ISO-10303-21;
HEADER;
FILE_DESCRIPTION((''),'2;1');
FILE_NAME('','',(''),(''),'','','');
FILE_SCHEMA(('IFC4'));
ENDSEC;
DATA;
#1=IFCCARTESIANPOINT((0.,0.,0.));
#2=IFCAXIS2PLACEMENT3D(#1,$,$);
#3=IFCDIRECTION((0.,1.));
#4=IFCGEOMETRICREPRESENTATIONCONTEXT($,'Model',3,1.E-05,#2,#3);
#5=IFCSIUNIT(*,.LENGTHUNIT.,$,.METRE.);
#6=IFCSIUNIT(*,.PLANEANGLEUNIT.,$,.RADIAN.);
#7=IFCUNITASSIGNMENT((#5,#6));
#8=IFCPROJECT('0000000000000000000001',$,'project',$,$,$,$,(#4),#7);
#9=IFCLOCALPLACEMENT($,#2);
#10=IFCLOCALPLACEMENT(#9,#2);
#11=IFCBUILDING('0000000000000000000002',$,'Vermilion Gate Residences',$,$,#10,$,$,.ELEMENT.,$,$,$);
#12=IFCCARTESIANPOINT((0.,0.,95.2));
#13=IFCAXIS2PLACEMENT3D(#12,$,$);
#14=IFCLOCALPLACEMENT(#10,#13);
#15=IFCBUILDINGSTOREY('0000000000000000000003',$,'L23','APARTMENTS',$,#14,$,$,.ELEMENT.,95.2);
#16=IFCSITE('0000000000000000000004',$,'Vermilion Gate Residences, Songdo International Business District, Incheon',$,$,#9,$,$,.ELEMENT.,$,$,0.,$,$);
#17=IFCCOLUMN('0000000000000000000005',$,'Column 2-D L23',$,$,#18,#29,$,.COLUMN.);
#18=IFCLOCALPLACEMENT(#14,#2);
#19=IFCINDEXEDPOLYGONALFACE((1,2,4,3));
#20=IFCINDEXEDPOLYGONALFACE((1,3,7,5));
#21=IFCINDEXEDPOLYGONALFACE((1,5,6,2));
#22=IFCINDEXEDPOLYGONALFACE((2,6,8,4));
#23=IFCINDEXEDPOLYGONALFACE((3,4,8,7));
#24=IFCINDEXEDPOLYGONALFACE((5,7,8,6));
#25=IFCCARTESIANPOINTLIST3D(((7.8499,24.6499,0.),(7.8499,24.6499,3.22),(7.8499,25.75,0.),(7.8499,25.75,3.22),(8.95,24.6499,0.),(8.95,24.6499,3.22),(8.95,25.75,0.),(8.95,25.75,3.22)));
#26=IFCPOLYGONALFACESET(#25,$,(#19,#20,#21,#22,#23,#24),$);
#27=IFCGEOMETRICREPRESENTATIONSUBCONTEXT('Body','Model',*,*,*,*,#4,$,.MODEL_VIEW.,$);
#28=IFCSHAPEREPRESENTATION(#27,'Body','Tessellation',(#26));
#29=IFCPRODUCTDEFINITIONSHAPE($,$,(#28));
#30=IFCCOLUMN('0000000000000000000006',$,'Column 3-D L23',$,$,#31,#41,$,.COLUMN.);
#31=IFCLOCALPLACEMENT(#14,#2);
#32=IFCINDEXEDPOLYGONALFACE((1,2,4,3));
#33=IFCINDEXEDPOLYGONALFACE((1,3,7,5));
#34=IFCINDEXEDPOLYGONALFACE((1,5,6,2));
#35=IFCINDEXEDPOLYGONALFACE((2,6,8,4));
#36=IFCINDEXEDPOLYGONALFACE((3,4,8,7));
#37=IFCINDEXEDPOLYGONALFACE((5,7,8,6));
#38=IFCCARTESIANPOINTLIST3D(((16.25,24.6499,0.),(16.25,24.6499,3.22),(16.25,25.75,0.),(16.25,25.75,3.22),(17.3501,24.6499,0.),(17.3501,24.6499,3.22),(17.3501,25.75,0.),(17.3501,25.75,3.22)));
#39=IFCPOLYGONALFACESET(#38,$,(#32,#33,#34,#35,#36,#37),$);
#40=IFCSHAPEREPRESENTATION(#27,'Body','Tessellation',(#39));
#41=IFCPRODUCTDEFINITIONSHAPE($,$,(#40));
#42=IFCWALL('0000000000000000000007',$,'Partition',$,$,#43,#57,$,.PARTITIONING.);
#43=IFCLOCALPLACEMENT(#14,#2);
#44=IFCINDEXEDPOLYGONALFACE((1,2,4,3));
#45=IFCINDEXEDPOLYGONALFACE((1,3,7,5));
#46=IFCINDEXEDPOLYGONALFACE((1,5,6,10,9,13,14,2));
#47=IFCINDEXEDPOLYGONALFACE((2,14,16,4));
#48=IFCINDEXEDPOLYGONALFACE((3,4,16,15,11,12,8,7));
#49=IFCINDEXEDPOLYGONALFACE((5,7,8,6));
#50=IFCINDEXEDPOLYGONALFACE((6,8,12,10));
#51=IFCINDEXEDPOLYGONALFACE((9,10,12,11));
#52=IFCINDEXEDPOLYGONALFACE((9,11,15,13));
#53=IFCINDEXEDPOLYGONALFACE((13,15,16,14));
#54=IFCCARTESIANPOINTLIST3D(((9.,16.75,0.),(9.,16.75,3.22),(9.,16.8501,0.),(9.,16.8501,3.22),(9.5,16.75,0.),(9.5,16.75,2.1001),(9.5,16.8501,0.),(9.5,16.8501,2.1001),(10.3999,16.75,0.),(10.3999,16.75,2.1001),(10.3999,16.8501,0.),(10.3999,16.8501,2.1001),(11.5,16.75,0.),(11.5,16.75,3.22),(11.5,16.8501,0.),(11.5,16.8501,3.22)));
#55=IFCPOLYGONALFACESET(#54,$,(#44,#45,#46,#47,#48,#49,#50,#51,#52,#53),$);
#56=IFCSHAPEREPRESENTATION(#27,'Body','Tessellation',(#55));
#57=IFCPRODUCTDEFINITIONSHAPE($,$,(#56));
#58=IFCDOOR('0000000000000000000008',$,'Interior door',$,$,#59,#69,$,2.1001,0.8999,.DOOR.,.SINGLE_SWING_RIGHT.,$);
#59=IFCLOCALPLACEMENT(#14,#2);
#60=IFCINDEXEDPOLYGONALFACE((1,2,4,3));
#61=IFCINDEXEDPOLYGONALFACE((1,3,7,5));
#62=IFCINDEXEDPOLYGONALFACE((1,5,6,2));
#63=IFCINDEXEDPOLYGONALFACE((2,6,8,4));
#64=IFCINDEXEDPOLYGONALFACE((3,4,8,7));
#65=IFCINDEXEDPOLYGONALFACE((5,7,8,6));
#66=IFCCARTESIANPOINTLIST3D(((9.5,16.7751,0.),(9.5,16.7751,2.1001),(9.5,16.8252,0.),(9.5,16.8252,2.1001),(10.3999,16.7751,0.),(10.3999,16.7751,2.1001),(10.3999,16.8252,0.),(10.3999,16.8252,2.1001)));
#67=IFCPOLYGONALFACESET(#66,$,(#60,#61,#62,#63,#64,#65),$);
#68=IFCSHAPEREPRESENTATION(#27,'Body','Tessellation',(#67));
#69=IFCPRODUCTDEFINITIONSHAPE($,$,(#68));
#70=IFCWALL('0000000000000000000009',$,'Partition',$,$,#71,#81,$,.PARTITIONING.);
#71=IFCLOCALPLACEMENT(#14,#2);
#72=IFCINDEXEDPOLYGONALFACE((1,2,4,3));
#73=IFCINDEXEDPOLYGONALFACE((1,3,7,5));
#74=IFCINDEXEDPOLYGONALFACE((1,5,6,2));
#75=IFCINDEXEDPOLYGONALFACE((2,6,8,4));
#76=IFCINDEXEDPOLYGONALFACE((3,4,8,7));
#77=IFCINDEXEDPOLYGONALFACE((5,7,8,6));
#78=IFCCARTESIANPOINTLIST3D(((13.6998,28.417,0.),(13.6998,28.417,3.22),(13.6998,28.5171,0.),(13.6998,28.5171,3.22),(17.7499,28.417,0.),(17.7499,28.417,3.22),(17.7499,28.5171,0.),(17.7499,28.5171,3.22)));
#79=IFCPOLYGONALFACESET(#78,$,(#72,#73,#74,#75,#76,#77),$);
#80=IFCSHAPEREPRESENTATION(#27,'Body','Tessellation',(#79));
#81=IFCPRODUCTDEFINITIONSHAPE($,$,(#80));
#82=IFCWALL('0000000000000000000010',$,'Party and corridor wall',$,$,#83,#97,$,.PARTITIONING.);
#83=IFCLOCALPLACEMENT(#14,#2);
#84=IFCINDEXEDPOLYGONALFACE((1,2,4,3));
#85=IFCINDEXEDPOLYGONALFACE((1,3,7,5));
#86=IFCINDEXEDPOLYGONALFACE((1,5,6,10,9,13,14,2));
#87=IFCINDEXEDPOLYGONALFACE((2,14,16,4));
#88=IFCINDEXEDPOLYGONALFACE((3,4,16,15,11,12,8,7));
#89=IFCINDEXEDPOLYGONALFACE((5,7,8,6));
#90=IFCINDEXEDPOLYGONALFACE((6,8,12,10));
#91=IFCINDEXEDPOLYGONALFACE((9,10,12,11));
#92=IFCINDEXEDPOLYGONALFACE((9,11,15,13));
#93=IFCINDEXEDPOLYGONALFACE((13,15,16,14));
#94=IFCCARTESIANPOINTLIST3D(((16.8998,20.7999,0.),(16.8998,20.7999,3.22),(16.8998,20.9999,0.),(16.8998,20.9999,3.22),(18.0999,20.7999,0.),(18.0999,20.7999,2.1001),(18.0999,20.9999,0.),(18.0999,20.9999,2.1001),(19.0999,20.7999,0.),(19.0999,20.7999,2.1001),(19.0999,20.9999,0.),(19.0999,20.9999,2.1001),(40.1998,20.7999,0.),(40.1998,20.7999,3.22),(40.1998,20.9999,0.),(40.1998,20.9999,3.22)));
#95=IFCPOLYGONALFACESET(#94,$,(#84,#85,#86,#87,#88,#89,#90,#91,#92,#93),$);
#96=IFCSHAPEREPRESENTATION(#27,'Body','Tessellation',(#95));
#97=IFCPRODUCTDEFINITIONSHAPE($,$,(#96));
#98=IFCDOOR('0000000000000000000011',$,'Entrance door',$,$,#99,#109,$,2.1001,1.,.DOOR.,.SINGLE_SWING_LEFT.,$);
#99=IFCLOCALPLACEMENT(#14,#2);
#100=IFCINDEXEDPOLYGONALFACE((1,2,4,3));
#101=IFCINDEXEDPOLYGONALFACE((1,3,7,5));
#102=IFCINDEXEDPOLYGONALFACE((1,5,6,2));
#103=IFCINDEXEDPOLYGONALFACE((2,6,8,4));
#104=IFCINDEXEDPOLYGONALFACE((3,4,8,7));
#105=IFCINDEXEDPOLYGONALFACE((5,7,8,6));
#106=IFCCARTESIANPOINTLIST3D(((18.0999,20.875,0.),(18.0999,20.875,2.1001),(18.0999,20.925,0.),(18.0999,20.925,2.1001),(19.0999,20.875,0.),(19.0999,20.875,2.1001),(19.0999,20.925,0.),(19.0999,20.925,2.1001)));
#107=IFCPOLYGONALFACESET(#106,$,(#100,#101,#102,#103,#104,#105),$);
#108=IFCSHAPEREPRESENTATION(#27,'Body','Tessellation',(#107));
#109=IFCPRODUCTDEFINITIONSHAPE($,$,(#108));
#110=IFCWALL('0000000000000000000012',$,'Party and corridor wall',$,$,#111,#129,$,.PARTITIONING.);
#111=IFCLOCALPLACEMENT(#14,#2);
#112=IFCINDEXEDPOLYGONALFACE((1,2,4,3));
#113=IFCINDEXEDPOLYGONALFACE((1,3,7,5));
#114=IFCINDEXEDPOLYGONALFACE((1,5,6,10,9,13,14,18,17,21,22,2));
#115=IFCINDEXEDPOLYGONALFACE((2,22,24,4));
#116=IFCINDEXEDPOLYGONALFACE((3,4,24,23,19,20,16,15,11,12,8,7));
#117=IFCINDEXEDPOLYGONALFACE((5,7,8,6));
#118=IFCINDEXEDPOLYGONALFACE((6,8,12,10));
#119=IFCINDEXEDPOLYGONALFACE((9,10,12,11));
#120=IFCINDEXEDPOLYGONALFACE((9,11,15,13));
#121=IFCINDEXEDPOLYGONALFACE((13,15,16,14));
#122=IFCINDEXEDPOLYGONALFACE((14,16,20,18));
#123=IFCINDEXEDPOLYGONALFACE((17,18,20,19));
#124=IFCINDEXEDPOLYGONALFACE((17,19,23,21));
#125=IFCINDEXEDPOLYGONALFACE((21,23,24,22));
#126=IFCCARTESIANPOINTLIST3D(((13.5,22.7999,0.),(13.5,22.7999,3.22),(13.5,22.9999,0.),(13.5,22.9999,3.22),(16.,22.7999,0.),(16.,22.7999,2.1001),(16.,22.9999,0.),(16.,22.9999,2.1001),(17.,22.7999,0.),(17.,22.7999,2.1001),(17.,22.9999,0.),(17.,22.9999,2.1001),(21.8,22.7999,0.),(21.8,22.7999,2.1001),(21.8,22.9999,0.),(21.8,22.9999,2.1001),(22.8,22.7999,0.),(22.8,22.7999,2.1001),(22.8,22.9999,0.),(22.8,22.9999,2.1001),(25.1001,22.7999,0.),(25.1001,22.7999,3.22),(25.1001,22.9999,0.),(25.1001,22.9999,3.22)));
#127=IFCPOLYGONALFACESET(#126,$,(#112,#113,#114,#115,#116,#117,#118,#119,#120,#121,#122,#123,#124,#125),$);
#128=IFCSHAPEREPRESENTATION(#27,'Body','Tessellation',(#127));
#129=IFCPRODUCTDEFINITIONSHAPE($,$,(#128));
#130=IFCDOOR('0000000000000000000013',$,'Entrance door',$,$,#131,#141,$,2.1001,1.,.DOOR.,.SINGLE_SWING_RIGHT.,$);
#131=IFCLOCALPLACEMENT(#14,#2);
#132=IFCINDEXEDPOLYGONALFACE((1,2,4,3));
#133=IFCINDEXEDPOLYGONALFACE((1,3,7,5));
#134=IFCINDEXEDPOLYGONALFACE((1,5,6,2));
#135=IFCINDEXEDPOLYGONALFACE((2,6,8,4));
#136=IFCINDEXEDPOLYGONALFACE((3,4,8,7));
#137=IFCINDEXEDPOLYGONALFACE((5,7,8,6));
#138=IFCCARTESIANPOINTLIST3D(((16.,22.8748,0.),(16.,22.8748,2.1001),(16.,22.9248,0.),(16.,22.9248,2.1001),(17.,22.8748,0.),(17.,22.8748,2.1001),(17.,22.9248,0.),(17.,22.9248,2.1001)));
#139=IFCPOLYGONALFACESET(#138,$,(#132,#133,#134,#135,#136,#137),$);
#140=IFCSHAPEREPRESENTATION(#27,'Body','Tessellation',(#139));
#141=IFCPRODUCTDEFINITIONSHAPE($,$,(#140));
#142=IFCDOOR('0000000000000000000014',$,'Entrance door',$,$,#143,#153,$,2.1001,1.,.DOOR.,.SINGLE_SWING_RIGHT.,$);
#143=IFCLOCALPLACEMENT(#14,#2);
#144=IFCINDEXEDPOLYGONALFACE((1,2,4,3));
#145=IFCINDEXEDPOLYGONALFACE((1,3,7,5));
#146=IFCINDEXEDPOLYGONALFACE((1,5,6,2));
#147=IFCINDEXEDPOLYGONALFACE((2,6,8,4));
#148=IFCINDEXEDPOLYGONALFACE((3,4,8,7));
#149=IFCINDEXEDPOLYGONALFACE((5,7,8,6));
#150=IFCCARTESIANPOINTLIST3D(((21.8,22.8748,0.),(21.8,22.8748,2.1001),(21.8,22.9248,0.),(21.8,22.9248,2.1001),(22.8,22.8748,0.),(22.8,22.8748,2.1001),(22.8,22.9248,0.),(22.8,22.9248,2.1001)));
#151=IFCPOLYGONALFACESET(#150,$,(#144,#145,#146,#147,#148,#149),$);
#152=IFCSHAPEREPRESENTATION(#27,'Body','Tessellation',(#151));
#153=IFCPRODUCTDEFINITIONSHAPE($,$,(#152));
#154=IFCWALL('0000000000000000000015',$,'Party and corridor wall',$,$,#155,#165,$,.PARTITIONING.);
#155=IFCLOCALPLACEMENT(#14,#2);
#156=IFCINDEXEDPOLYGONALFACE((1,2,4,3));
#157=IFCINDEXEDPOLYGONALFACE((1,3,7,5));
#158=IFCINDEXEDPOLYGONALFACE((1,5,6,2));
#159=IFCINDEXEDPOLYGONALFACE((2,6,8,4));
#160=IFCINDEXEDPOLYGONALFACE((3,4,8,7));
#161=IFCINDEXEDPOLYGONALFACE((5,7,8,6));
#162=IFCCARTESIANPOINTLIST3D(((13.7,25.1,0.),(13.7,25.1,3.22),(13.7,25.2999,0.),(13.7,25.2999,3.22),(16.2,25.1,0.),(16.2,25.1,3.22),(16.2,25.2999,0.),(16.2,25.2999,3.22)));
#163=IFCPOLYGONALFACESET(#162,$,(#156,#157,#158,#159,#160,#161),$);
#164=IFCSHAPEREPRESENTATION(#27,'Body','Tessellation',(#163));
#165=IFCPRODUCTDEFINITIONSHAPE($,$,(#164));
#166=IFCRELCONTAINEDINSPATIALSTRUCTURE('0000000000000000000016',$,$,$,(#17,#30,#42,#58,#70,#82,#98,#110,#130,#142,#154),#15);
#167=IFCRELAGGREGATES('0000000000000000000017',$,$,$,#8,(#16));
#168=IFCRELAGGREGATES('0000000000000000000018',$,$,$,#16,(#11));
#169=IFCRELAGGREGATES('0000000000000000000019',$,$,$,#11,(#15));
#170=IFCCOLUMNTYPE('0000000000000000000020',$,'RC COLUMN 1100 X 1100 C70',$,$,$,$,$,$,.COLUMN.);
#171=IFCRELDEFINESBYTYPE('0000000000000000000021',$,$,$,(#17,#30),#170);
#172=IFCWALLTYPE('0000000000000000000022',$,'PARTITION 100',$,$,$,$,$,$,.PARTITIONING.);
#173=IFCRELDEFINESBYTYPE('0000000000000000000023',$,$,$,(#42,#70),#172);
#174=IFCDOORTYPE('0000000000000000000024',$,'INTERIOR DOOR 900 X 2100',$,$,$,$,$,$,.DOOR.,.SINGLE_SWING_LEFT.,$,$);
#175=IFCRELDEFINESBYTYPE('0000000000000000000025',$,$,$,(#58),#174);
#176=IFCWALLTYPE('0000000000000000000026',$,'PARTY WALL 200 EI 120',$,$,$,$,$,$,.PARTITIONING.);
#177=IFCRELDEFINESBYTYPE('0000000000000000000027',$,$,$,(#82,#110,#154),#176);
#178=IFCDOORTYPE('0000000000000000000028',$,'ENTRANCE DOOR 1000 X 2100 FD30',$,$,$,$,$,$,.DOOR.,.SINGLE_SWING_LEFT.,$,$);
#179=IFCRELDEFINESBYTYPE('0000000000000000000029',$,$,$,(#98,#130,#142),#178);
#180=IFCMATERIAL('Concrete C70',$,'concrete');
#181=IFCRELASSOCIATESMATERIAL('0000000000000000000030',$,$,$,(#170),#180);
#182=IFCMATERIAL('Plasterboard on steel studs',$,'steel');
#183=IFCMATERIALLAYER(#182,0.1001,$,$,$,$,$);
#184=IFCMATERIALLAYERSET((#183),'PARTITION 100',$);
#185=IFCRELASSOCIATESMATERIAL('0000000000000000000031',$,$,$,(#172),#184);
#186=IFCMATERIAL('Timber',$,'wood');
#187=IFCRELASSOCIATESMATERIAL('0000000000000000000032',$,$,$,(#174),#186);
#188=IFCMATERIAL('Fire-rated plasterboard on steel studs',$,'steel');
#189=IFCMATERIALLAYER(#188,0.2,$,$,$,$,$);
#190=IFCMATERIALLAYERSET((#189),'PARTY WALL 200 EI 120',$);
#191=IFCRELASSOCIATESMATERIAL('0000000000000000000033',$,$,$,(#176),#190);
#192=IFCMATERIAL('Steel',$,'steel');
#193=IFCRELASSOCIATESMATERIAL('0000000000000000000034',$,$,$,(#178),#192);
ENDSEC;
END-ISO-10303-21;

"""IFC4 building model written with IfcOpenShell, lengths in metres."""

from ifc_helpers import new_model, si_unit, direction, frame, frame_2d, origin, origin_2d, place, context, subcontext, project, spatial, rectangle, extrude, material, layer, layer_set, material_profile, profile_set, type_object, element, fill, save


model = new_model("IFC4")

# Units and contexts
model_context = context("Model", 3, precision=1e-05, world=origin(), true_north=direction((0.0, 1.0)))
body_context = subcontext(model_context, "Body", "Model", "MODEL_VIEW")
ifc_project = project(units=[si_unit("LENGTHUNIT", "METRE"), si_unit("PLANEANGLEUNIT", "RADIAN")], contexts=[model_context])

# Site, building, storey
site_placement = place(None, origin())
site = spatial("IfcSite", under=ifc_project, at=site_placement, Name="Vermilion Gate Residences, Songdo International Business District, Incheon", CompositionType="ELEMENT", RefElevation=0.0)
building_placement = place(site_placement, origin())
building = spatial("IfcBuilding", under=site, at=building_placement, Name="Vermilion Gate Residences", CompositionType="ELEMENT")
storey_placement = place(building_placement, frame((0.0, 0.0, 95.2)))
storey = spatial("IfcBuildingStorey", under=building, at=storey_placement, Name="L23", Description="APARTMENTS", CompositionType="ELEMENT", Elevation=95.2)

# Columns
ifc_material_1 = material(Name="Concrete C70", Category="concrete")
ifc_material_profile = material_profile(ifc_material_1, rectangle(XDim=1.1001, YDim=1.1001, at=origin_2d()), Name="RC-1100x1100")
ifc_profile_set = profile_set([ifc_material_profile], Name="Concrete C70")
column_type = type_object("IfcColumnType", Name="RC COLUMN 1100 X 1100 C70", PredefinedType="COLUMN", material=ifc_profile_set)
for number, where, z_axis, x_axis, name in (
    (1, (8.3999, 25.2, 0.0), (0.0, 0.0, 1.0), (1.0, 0.0, 0.0), "Column 2-D L23"),
    (2, (16.8, 25.2, 0.0), (0.0, 0.0, 1.0), (1.0, 0.0, 0.0), "Column 3-D L23"),
):
    element("IfcColumn", number, at=place(storey_placement, frame(where, z_axis=z_axis, x_axis=x_axis)), inside=storey, type_object=column_type, Name=name, PredefinedType="COLUMN", context=body_context, shape_type="SweptSolid", body=[
        extrude(rectangle(XDim=1.1001, YDim=1.1001, at=origin_2d()), origin(), (0.0, 0.0, 1.0), 3.22),
    ])

# Wall, opening, door
ifc_material_2 = material(Name="Plasterboard on steel studs", Category="steel")
ifc_layer_1 = layer(ifc_material_2, 0.1001)
ifc_layer_set_1 = layer_set([ifc_layer_1], Name="PARTITION 100")
wall_type_1 = type_object("IfcWallType", Name="PARTITION 100", PredefinedType="PARTITIONING", material=ifc_layer_set_1)
wall_1_placement = place(storey_placement, frame((9.0, 16.8, 0.0), z_axis=(0.0, 0.0, 1.0), x_axis=(1.0, 0.0, 0.0)))
wall_1 = element("IfcWall", 3, at=wall_1_placement, inside=storey, type_object=wall_type_1, Name="Partition", PredefinedType="PARTITIONING", context=body_context, shape_type="SweptSolid", body=[
    extrude(rectangle(XDim=2.5, YDim=0.1001, at=frame_2d((1.25, 0.0))), origin(), (0.0, 0.0, 1.0), 3.22),
])
opening_1_placement = place(wall_1_placement, frame((0.5, 0.0, 0.0)))
opening_1 = element("IfcOpeningElement", 4, at=opening_1_placement, cuts=wall_1, PredefinedType="OPENING", context=body_context, shape_type="SweptSolid", body=[
    extrude(rectangle(XDim=0.8999, YDim=2.1001, at=frame_2d((0.45, 1.05))), frame((0.0, 0.0601, 0.0), z_axis=(0.0, -1.0, 0.0), x_axis=(1.0, 0.0, 0.0)), (0.0, 0.0, 1.0), 0.1201),
])
ifc_material_3 = material(Name="Timber", Category="wood")
door_type_1 = type_object("IfcDoorType", Name="INTERIOR DOOR 900 X 2100", OperationType="SINGLE_SWING_LEFT", PredefinedType="DOOR", material=ifc_material_3)
door_1_placement = place(opening_1_placement, frame((0.8999, 0.0, 0.0), z_axis=(0.0, 0.0, 1.0), x_axis=(-1.0, 0.0, 0.0)))
door_1 = element("IfcDoor", 5, at=door_1_placement, inside=storey, type_object=door_type_1, Name="Interior door", OperationType="SINGLE_SWING_RIGHT", OverallHeight=2.1001, OverallWidth=0.8999, PredefinedType="DOOR", context=body_context, shape_type="SweptSolid", body=[
    extrude(rectangle(XDim=0.8999, YDim=2.1001, at=frame_2d((0.45, 1.05))), frame((0.0, 0.0249, 0.0), z_axis=(0.0, -1.0, 0.0), x_axis=(1.0, 0.0, 0.0)), (0.0, 0.0, 1.0), 0.05),
])
fill(opening_1, door_1)

# Wall
wall_2_placement = place(storey_placement, frame((13.7, 28.467, 0.0), z_axis=(0.0, 0.0, 1.0), x_axis=(1.0, 0.0, 0.0)))
element("IfcWall", 6, at=wall_2_placement, inside=storey, type_object=wall_type_1, Name="Partition", PredefinedType="PARTITIONING", context=body_context, shape_type="SweptSolid", body=[
    extrude(rectangle(XDim=4.05, YDim=0.1001, at=frame_2d((2.0249, 0.0))), origin(), (0.0, 0.0, 1.0), 3.22),
])

# Wall, opening, door
ifc_material_4 = material(Name="Fire-rated plasterboard on steel studs", Category="steel")
ifc_layer_2 = layer(ifc_material_4, 0.2)
ifc_layer_set_2 = layer_set([ifc_layer_2], Name="PARTY WALL 200 EI 120")
wall_type_2 = type_object("IfcWallType", Name="PARTY WALL 200 EI 120", PredefinedType="PARTITIONING", material=ifc_layer_set_2)
wall_3_placement = place(storey_placement, frame((16.8999, 20.8999, 0.0), z_axis=(0.0, 0.0, 1.0), x_axis=(1.0, 0.0, 0.0)))
wall_3 = element("IfcWall", 7, at=wall_3_placement, inside=storey, type_object=wall_type_2, Name="Party and corridor wall", PredefinedType="PARTITIONING", context=body_context, shape_type="SweptSolid", body=[
    extrude(rectangle(XDim=23.3, YDim=0.2, at=frame_2d((11.6499, 0.0))), origin(), (0.0, 0.0, 1.0), 3.22),
])
opening_2_placement = place(wall_3_placement, frame((1.2, 0.0, 0.0)))
opening_2 = element("IfcOpeningElement", 8, at=opening_2_placement, cuts=wall_3, PredefinedType="OPENING", context=body_context, shape_type="SweptSolid", body=[
    extrude(rectangle(XDim=1.0, YDim=2.1001, at=frame_2d((0.5, 1.05))), frame((0.0, 0.1099, 0.0), z_axis=(0.0, -1.0, 0.0), x_axis=(1.0, 0.0, 0.0)), (0.0, 0.0, 1.0), 0.22),
])
ifc_material_5 = material(Name="Steel", Category="steel")
door_type_2 = type_object("IfcDoorType", Name="ENTRANCE DOOR 1000 X 2100 FD30", OperationType="SINGLE_SWING_LEFT", PredefinedType="DOOR", material=ifc_material_5)
door_2_placement = place(opening_2_placement, frame((1.0, 0.0, 0.0), z_axis=(0.0, 0.0, 1.0), x_axis=(-1.0, 0.0, 0.0)))
door_2 = element("IfcDoor", 9, at=door_2_placement, inside=storey, type_object=door_type_2, Name="Entrance door", OperationType="SINGLE_SWING_LEFT", OverallHeight=2.1001, OverallWidth=1.0, PredefinedType="DOOR", context=body_context, shape_type="SweptSolid", body=[
    extrude(rectangle(XDim=1.0, YDim=2.1001, at=frame_2d((0.5, 1.05))), frame((0.0, 0.0249, 0.0), z_axis=(0.0, -1.0, 0.0), x_axis=(1.0, 0.0, 0.0)), (0.0, 0.0, 1.0), 0.05),
])
fill(opening_2, door_2)

# Wall, openings, doors
wall_4_placement = place(storey_placement, frame((13.5, 22.8999, 0.0), z_axis=(0.0, 0.0, 1.0), x_axis=(1.0, 0.0, 0.0)))
wall_4 = element("IfcWall", 10, at=wall_4_placement, inside=storey, type_object=wall_type_2, Name="Party and corridor wall", PredefinedType="PARTITIONING", context=body_context, shape_type="SweptSolid", body=[
    extrude(rectangle(XDim=11.6001, YDim=0.2, at=frame_2d((5.8, 0.0))), origin(), (0.0, 0.0, 1.0), 3.22),
])
opening_3_placement = place(wall_4_placement, frame((2.5, 0.0, 0.0)))
opening_3 = element("IfcOpeningElement", 11, at=opening_3_placement, cuts=wall_4, PredefinedType="OPENING", context=body_context, shape_type="SweptSolid", body=[
    extrude(rectangle(XDim=1.0, YDim=2.1001, at=frame_2d((0.5, 1.05))), frame((0.0, 0.1099, 0.0), z_axis=(0.0, -1.0, 0.0), x_axis=(1.0, 0.0, 0.0)), (0.0, 0.0, 1.0), 0.22),
])
opening_4_placement = place(wall_4_placement, frame((8.3, 0.0, 0.0)))
opening_4 = element("IfcOpeningElement", 12, at=opening_4_placement, cuts=wall_4, PredefinedType="OPENING", context=body_context, shape_type="SweptSolid", body=[
    extrude(rectangle(XDim=1.0, YDim=2.1001, at=frame_2d((0.5, 1.05))), frame((0.0, 0.1099, 0.0), z_axis=(0.0, -1.0, 0.0), x_axis=(1.0, 0.0, 0.0)), (0.0, 0.0, 1.0), 0.22),
])
door_3_placement = place(opening_3_placement, origin())
door_3 = element("IfcDoor", 13, at=door_3_placement, inside=storey, type_object=door_type_2, Name="Entrance door", OperationType="SINGLE_SWING_RIGHT", OverallHeight=2.1001, OverallWidth=1.0, PredefinedType="DOOR", context=body_context, shape_type="SweptSolid", body=[
    extrude(rectangle(XDim=1.0, YDim=2.1001, at=frame_2d((0.5, 1.05))), frame((0.0, 0.0249, 0.0), z_axis=(0.0, -1.0, 0.0), x_axis=(1.0, 0.0, 0.0)), (0.0, 0.0, 1.0), 0.05),
])
fill(opening_3, door_3)
door_4_placement = place(opening_4_placement, origin())
door_4 = element("IfcDoor", 14, at=door_4_placement, inside=storey, type_object=door_type_2, Name="Entrance door", OperationType="SINGLE_SWING_RIGHT", OverallHeight=2.1001, OverallWidth=1.0, PredefinedType="DOOR", context=body_context, shape_type="SweptSolid", body=[
    extrude(rectangle(XDim=1.0, YDim=2.1001, at=frame_2d((0.5, 1.05))), frame((0.0, 0.0249, 0.0), z_axis=(0.0, -1.0, 0.0), x_axis=(1.0, 0.0, 0.0)), (0.0, 0.0, 1.0), 0.05),
])
fill(opening_4, door_4)

# Wall
wall_5_placement = place(storey_placement, frame((13.7, 25.2, 0.0), z_axis=(0.0, 0.0, 1.0), x_axis=(1.0, 0.0, 0.0)))
element("IfcWall", 15, at=wall_5_placement, inside=storey, type_object=wall_type_2, Name="Party and corridor wall", PredefinedType="PARTITIONING", context=body_context, shape_type="SweptSolid", body=[
    extrude(rectangle(XDim=2.5, YDim=0.2, at=frame_2d((1.25, 0.0))), origin(), (0.0, 0.0, 1.0), 3.22),
])

save(model, "model.ifc")
